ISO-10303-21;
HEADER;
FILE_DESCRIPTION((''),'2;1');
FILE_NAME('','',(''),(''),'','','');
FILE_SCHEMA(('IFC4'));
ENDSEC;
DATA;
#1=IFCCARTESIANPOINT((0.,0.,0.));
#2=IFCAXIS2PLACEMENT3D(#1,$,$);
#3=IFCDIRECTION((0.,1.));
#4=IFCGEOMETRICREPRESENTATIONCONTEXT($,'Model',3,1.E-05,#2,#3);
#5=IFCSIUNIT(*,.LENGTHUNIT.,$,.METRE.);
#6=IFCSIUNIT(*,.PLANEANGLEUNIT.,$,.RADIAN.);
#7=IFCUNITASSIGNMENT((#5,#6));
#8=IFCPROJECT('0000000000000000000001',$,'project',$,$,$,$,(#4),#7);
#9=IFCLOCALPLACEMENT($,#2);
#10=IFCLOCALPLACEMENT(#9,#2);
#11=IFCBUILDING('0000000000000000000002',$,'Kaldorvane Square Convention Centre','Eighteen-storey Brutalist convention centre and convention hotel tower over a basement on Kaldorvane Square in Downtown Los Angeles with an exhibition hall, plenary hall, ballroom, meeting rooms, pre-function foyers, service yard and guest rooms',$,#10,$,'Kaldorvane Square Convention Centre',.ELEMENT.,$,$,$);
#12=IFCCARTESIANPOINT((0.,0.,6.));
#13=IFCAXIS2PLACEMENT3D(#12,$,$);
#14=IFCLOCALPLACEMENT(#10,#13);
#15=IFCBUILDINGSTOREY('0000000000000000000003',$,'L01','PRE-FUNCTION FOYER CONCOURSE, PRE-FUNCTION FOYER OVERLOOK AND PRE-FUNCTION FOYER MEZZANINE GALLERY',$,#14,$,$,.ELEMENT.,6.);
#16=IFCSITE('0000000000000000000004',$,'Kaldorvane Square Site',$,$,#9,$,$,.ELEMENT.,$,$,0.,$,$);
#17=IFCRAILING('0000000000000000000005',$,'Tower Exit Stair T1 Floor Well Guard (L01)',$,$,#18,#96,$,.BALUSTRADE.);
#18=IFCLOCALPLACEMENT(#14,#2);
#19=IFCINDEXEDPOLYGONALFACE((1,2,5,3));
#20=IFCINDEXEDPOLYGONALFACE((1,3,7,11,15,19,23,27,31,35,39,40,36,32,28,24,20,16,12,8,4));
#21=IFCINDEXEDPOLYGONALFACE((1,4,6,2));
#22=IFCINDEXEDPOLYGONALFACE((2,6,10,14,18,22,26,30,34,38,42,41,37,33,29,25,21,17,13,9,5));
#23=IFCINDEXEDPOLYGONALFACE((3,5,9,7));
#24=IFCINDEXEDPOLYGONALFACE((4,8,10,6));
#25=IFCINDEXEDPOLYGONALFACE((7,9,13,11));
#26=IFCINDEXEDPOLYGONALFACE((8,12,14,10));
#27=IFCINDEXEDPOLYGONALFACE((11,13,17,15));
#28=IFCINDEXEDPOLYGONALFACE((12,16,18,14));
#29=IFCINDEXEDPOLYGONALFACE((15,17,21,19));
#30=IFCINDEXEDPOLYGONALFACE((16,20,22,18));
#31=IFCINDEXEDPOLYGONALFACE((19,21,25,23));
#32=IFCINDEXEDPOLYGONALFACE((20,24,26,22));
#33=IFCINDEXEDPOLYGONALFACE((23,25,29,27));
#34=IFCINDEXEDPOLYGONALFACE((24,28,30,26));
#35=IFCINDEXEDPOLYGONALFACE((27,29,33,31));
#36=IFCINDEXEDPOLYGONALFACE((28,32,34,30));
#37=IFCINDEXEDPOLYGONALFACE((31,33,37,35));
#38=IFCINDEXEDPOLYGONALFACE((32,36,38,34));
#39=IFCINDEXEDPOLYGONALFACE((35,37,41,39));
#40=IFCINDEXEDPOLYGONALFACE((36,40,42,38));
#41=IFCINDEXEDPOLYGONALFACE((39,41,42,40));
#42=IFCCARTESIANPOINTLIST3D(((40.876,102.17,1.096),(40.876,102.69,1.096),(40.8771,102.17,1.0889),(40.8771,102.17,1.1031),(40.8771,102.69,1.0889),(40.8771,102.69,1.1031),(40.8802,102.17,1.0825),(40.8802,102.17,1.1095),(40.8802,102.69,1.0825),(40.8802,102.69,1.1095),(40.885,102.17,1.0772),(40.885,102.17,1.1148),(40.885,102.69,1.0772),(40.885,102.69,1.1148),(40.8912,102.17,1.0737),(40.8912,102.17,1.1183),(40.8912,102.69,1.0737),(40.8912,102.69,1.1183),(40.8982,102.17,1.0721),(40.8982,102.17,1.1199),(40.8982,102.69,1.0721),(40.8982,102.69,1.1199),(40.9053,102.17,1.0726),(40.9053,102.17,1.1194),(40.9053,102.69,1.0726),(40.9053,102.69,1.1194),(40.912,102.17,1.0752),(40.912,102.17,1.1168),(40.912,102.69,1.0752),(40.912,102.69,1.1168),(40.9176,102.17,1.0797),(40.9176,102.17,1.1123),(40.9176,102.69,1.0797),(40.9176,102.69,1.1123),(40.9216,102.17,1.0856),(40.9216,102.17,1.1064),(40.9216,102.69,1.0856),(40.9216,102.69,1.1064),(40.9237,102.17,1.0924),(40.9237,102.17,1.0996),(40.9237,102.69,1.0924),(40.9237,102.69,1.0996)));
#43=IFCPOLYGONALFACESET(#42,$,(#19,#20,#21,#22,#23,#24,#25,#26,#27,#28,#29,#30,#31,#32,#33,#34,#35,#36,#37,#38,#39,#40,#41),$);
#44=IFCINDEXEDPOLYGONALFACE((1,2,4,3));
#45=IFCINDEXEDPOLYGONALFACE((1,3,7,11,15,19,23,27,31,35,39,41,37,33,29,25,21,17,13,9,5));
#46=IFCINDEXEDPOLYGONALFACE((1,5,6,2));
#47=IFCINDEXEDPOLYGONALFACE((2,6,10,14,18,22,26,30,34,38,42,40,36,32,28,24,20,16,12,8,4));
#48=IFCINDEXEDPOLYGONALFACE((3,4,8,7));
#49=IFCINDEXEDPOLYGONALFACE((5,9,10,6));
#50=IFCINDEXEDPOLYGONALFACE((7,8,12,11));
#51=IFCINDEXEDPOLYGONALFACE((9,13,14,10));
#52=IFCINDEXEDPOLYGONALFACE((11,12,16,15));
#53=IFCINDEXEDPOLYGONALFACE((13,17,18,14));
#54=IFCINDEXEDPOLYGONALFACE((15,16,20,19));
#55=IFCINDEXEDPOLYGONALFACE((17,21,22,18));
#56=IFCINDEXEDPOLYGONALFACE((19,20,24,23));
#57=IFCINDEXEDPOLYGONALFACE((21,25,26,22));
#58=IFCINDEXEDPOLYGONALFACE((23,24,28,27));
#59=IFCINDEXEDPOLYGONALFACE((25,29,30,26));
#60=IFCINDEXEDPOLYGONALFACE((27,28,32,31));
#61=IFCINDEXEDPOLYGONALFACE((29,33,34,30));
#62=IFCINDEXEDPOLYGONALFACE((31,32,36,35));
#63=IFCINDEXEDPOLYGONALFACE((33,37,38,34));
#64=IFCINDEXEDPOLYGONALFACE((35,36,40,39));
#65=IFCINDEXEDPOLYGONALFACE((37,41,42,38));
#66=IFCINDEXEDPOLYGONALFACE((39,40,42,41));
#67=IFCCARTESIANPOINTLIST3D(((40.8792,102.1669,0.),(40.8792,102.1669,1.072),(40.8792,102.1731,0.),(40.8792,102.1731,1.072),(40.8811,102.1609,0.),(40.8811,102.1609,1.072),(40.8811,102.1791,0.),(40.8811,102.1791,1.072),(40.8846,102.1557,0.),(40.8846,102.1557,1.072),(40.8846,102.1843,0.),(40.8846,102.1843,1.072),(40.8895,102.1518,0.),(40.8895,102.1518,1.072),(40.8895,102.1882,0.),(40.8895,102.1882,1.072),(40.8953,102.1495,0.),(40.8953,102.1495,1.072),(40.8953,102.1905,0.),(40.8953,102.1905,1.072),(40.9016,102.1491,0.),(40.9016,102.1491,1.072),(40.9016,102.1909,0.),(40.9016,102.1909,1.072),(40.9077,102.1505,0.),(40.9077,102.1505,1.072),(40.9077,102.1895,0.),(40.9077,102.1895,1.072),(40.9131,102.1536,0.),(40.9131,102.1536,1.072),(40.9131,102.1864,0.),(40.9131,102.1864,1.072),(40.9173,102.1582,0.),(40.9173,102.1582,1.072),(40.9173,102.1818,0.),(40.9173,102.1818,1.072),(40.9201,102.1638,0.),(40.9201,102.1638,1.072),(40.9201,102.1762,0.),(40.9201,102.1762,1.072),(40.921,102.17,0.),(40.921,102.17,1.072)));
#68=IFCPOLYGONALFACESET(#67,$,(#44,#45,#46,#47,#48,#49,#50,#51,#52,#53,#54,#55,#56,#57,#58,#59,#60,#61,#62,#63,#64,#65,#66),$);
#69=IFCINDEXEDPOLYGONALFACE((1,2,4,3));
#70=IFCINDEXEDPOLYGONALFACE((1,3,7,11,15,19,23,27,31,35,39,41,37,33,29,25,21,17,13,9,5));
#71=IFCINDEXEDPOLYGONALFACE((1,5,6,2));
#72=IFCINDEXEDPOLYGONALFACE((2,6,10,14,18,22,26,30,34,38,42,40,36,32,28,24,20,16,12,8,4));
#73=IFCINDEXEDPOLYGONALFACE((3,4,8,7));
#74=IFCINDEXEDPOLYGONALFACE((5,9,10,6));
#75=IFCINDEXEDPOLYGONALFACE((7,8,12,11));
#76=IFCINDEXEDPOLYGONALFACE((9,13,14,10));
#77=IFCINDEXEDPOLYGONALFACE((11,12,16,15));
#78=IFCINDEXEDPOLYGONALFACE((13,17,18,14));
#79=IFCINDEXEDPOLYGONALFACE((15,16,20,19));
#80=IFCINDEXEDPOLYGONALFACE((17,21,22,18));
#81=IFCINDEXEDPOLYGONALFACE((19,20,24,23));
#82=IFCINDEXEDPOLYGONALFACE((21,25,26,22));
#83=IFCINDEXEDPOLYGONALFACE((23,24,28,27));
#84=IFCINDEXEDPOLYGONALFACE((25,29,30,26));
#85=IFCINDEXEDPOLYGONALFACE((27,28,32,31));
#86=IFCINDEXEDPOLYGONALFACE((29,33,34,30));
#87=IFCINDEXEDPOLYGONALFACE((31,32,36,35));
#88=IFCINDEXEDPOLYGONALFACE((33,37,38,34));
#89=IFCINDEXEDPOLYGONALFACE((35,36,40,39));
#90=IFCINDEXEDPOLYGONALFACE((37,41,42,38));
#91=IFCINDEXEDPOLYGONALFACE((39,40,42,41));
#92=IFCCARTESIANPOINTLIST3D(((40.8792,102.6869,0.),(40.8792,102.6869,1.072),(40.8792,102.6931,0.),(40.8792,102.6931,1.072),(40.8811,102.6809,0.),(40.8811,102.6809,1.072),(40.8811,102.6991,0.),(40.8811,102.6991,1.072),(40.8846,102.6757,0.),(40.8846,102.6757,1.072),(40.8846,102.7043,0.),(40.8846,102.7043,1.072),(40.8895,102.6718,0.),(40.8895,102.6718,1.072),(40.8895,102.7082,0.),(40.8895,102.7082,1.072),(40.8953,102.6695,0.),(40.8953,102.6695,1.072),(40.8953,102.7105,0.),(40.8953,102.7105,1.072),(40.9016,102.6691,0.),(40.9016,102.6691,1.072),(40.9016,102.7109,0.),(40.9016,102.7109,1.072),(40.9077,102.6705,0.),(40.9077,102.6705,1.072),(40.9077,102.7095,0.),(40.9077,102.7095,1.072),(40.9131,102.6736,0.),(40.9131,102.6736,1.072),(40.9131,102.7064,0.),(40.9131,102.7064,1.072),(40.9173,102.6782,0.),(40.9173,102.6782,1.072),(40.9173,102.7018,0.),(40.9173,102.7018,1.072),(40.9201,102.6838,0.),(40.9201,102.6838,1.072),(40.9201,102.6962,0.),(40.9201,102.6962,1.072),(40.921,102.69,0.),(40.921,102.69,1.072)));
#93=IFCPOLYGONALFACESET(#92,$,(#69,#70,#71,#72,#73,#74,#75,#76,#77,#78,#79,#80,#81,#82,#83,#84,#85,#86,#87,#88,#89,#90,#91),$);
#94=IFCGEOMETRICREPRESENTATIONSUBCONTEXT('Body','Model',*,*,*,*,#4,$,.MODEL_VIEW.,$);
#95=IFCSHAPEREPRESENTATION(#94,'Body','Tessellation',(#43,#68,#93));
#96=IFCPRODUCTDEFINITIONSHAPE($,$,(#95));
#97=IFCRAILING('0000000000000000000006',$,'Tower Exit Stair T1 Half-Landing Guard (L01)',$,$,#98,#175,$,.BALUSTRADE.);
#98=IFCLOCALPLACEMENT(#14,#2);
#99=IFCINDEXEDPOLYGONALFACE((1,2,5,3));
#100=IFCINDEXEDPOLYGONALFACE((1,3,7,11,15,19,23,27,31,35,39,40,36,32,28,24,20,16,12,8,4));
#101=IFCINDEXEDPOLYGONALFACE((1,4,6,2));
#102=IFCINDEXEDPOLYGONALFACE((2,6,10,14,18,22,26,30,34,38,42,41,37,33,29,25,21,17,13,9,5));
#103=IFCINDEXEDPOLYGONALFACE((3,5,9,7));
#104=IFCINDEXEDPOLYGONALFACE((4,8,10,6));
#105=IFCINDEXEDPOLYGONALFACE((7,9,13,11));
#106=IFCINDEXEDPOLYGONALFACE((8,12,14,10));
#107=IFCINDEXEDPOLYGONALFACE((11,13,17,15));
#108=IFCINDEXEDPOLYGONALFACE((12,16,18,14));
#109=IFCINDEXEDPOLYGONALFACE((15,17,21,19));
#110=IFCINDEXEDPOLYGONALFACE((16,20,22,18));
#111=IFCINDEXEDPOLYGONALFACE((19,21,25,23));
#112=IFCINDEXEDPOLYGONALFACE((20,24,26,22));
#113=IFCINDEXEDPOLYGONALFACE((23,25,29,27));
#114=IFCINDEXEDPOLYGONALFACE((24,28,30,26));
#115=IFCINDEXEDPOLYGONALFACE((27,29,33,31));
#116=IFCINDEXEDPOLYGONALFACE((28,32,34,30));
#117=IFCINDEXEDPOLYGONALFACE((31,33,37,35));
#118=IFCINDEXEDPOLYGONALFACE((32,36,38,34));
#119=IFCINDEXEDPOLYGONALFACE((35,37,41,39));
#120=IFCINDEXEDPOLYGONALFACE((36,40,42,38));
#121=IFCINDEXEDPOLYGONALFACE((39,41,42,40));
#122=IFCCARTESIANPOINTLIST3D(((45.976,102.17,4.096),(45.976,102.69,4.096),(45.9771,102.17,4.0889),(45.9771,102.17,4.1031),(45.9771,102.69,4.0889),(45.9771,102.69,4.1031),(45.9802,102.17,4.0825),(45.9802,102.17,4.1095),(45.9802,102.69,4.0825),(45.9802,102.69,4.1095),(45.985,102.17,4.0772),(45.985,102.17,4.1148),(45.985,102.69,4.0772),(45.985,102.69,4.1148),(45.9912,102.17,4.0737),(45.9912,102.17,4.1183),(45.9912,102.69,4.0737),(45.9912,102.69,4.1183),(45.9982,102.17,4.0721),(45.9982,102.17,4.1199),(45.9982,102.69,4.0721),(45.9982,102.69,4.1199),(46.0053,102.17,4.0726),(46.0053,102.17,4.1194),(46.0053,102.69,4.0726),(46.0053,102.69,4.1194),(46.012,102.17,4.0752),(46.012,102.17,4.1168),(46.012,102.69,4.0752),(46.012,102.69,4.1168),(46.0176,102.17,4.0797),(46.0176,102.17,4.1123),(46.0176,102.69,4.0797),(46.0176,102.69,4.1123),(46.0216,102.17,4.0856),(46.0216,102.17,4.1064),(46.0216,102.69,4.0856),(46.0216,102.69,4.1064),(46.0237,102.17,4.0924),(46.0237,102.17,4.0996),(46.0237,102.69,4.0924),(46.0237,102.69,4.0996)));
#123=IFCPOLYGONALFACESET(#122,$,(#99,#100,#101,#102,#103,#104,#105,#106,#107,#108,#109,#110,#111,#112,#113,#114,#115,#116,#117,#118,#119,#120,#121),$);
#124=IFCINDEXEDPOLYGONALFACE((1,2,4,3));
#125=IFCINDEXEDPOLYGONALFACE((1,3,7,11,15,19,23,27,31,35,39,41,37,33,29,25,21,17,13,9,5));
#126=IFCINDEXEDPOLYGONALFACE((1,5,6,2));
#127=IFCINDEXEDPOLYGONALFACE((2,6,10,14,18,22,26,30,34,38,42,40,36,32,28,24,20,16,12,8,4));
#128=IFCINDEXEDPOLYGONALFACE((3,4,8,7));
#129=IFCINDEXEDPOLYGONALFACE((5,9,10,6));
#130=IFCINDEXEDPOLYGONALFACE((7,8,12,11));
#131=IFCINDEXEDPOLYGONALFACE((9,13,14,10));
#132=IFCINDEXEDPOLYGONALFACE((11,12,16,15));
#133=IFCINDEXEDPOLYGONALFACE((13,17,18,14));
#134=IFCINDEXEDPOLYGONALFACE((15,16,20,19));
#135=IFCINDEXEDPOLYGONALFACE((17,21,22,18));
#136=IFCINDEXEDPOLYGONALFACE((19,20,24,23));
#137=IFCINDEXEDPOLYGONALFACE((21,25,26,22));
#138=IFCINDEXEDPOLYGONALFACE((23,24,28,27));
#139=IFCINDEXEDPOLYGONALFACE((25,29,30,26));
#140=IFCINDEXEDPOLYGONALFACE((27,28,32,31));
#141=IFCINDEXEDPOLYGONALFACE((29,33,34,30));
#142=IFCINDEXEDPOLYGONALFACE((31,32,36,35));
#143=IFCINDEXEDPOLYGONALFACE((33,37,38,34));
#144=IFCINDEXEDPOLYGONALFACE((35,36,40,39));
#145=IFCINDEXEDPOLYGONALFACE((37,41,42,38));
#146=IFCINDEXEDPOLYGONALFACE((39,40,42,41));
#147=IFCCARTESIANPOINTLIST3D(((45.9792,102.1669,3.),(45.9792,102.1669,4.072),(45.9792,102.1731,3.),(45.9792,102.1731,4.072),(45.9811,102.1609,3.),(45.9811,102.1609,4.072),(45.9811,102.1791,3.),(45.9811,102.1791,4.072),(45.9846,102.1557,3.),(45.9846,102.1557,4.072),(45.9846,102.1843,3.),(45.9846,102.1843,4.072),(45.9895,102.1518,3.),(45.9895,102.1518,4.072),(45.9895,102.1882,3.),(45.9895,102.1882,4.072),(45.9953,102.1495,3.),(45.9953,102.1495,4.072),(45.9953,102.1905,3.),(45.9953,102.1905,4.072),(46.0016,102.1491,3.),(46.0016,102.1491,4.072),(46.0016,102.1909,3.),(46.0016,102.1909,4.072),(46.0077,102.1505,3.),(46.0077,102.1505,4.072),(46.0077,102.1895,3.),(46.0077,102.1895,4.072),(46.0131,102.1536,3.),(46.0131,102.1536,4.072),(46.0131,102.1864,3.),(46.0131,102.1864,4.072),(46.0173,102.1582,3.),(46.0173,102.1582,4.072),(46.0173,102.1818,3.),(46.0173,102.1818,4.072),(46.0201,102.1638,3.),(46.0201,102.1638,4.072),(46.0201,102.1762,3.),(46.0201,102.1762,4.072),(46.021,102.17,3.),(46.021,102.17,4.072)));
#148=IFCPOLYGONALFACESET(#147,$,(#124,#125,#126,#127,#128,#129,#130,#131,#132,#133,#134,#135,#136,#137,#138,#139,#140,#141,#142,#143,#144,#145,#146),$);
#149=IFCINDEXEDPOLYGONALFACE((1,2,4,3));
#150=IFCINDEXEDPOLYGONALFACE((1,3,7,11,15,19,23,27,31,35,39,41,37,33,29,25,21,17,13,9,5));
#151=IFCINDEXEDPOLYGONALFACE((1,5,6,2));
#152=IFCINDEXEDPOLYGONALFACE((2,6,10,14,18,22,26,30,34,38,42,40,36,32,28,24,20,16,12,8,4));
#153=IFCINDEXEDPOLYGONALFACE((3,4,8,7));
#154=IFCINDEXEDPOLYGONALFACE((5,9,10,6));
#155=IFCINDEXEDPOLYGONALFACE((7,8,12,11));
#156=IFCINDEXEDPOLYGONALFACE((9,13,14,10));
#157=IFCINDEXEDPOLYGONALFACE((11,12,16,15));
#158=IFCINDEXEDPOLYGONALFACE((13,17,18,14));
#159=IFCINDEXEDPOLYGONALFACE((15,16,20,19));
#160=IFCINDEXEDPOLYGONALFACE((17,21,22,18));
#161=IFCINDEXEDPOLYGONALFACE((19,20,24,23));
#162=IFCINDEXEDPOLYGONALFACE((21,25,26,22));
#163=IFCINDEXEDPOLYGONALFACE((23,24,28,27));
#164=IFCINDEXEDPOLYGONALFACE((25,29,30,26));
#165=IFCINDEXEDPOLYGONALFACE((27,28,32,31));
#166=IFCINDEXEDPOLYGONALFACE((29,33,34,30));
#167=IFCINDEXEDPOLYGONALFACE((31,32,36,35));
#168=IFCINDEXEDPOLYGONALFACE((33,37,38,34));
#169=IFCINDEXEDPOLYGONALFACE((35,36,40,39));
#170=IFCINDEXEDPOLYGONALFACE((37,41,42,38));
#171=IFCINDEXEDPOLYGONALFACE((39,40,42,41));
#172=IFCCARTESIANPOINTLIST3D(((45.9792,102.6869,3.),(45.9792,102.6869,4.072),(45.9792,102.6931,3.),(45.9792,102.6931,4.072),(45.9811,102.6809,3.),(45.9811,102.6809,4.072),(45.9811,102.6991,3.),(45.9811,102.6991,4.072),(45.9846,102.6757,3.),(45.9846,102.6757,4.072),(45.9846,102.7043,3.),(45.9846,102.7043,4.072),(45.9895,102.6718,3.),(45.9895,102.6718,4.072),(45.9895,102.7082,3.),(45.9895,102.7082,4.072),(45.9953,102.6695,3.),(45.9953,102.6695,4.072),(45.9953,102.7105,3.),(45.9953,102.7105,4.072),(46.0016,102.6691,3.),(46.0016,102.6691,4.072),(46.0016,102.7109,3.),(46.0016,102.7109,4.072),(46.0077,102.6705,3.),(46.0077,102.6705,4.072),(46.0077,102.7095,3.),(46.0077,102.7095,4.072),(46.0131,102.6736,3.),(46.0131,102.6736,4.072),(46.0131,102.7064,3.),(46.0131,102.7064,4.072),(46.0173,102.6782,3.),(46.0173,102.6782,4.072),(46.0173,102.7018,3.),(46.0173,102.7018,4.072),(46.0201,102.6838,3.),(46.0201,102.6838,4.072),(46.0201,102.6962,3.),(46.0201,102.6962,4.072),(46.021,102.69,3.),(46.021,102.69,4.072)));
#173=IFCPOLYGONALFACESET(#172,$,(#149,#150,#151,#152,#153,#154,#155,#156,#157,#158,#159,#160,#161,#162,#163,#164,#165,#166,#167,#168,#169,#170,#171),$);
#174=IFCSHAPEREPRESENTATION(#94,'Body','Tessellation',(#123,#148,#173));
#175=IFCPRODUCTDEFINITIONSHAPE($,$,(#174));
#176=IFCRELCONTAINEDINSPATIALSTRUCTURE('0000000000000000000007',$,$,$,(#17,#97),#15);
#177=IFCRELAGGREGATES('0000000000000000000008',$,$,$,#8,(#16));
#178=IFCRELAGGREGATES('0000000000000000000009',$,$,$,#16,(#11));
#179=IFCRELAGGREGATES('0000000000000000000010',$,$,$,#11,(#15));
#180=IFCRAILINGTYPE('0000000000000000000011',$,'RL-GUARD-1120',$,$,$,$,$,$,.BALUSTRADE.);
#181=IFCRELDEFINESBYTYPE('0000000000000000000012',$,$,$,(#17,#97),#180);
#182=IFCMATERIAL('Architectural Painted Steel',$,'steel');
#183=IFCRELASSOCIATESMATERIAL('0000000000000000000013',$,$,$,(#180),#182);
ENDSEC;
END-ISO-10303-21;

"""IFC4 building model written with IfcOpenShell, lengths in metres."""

from ifc_helpers import new_model, si_unit, direction, frame, origin, origin_2d, place, context, subcontext, project, spatial, circle, extrude, material, type_object, element, save


model = new_model("IFC4")

# Units and contexts
model_context = context("Model", 3, precision=1e-05, world=origin(), true_north=direction((0.0, 1.0)))
body_context = subcontext(model_context, "Body", "Model", "MODEL_VIEW")
ifc_project = project(units=[si_unit("LENGTHUNIT", "METRE"), si_unit("PLANEANGLEUNIT", "RADIAN")], contexts=[model_context])

# Site, building, storey
site_placement = place(None, origin())
site = spatial("IfcSite", under=ifc_project, at=site_placement, Name="Kaldorvane Square Site", CompositionType="ELEMENT", RefElevation=0.0)
building_placement = place(site_placement, origin())
building = spatial("IfcBuilding", under=site, at=building_placement, Name="Kaldorvane Square Convention Centre", Description="Eighteen-storey Brutalist convention centre and convention hotel tower over a basement on Kaldorvane Square in Downtown Los Angeles with an exhibition hall, plenary hall, ballroom, meeting rooms, pre-function foyers, service yard and guest rooms", LongName="Kaldorvane Square Convention Centre", CompositionType="ELEMENT")
storey_placement = place(building_placement, frame((0.0, 0.0, 6.0)))
storey = spatial("IfcBuildingStorey", under=building, at=storey_placement, Name="L01", Description="PRE-FUNCTION FOYER CONCOURSE, PRE-FUNCTION FOYER OVERLOOK AND PRE-FUNCTION FOYER MEZZANINE GALLERY", CompositionType="ELEMENT", Elevation=6.0)

# Railings
ifc_material_1 = material(Name="Architectural Painted Steel", Category="steel")
railing_type_1 = type_object("IfcRailingType", Name="RL-GUARD-1120", PredefinedType="BALUSTRADE", material=ifc_material_1)
for number, where, name in (
    (1, (40.9, 102.17, 0.0), "Tower Exit Stair T1 Floor Well Guard (L01)"),
    (2, (46.0, 102.17, 3.0), "Tower Exit Stair T1 Half-Landing Guard (L01)"),
):
    element("IfcRailing", number, at=place(storey_placement, frame(where)), inside=storey, type_object=railing_type_1, Name=name, PredefinedType="BALUSTRADE", context=body_context, shape_type="SweptSolid", body=[
        extrude(circle(Radius=0.024, at=origin_2d()), frame((0.0, 0.0, 1.096), z_axis=(0.0, 1.0, 0.0), x_axis=(-1.0, 0.0, 0.0)), (0.0, 0.0, 1.0), 0.52),
        extrude(circle(Radius=0.021, at=origin_2d()), origin(), (0.0, 0.0, 1.0), 1.072),
        extrude(circle(Radius=0.021, at=origin_2d()), frame((0.0, 0.52, 0.0)), (0.0, 0.0, 1.0), 1.072),
    ])

save(model, "model.ifc")
